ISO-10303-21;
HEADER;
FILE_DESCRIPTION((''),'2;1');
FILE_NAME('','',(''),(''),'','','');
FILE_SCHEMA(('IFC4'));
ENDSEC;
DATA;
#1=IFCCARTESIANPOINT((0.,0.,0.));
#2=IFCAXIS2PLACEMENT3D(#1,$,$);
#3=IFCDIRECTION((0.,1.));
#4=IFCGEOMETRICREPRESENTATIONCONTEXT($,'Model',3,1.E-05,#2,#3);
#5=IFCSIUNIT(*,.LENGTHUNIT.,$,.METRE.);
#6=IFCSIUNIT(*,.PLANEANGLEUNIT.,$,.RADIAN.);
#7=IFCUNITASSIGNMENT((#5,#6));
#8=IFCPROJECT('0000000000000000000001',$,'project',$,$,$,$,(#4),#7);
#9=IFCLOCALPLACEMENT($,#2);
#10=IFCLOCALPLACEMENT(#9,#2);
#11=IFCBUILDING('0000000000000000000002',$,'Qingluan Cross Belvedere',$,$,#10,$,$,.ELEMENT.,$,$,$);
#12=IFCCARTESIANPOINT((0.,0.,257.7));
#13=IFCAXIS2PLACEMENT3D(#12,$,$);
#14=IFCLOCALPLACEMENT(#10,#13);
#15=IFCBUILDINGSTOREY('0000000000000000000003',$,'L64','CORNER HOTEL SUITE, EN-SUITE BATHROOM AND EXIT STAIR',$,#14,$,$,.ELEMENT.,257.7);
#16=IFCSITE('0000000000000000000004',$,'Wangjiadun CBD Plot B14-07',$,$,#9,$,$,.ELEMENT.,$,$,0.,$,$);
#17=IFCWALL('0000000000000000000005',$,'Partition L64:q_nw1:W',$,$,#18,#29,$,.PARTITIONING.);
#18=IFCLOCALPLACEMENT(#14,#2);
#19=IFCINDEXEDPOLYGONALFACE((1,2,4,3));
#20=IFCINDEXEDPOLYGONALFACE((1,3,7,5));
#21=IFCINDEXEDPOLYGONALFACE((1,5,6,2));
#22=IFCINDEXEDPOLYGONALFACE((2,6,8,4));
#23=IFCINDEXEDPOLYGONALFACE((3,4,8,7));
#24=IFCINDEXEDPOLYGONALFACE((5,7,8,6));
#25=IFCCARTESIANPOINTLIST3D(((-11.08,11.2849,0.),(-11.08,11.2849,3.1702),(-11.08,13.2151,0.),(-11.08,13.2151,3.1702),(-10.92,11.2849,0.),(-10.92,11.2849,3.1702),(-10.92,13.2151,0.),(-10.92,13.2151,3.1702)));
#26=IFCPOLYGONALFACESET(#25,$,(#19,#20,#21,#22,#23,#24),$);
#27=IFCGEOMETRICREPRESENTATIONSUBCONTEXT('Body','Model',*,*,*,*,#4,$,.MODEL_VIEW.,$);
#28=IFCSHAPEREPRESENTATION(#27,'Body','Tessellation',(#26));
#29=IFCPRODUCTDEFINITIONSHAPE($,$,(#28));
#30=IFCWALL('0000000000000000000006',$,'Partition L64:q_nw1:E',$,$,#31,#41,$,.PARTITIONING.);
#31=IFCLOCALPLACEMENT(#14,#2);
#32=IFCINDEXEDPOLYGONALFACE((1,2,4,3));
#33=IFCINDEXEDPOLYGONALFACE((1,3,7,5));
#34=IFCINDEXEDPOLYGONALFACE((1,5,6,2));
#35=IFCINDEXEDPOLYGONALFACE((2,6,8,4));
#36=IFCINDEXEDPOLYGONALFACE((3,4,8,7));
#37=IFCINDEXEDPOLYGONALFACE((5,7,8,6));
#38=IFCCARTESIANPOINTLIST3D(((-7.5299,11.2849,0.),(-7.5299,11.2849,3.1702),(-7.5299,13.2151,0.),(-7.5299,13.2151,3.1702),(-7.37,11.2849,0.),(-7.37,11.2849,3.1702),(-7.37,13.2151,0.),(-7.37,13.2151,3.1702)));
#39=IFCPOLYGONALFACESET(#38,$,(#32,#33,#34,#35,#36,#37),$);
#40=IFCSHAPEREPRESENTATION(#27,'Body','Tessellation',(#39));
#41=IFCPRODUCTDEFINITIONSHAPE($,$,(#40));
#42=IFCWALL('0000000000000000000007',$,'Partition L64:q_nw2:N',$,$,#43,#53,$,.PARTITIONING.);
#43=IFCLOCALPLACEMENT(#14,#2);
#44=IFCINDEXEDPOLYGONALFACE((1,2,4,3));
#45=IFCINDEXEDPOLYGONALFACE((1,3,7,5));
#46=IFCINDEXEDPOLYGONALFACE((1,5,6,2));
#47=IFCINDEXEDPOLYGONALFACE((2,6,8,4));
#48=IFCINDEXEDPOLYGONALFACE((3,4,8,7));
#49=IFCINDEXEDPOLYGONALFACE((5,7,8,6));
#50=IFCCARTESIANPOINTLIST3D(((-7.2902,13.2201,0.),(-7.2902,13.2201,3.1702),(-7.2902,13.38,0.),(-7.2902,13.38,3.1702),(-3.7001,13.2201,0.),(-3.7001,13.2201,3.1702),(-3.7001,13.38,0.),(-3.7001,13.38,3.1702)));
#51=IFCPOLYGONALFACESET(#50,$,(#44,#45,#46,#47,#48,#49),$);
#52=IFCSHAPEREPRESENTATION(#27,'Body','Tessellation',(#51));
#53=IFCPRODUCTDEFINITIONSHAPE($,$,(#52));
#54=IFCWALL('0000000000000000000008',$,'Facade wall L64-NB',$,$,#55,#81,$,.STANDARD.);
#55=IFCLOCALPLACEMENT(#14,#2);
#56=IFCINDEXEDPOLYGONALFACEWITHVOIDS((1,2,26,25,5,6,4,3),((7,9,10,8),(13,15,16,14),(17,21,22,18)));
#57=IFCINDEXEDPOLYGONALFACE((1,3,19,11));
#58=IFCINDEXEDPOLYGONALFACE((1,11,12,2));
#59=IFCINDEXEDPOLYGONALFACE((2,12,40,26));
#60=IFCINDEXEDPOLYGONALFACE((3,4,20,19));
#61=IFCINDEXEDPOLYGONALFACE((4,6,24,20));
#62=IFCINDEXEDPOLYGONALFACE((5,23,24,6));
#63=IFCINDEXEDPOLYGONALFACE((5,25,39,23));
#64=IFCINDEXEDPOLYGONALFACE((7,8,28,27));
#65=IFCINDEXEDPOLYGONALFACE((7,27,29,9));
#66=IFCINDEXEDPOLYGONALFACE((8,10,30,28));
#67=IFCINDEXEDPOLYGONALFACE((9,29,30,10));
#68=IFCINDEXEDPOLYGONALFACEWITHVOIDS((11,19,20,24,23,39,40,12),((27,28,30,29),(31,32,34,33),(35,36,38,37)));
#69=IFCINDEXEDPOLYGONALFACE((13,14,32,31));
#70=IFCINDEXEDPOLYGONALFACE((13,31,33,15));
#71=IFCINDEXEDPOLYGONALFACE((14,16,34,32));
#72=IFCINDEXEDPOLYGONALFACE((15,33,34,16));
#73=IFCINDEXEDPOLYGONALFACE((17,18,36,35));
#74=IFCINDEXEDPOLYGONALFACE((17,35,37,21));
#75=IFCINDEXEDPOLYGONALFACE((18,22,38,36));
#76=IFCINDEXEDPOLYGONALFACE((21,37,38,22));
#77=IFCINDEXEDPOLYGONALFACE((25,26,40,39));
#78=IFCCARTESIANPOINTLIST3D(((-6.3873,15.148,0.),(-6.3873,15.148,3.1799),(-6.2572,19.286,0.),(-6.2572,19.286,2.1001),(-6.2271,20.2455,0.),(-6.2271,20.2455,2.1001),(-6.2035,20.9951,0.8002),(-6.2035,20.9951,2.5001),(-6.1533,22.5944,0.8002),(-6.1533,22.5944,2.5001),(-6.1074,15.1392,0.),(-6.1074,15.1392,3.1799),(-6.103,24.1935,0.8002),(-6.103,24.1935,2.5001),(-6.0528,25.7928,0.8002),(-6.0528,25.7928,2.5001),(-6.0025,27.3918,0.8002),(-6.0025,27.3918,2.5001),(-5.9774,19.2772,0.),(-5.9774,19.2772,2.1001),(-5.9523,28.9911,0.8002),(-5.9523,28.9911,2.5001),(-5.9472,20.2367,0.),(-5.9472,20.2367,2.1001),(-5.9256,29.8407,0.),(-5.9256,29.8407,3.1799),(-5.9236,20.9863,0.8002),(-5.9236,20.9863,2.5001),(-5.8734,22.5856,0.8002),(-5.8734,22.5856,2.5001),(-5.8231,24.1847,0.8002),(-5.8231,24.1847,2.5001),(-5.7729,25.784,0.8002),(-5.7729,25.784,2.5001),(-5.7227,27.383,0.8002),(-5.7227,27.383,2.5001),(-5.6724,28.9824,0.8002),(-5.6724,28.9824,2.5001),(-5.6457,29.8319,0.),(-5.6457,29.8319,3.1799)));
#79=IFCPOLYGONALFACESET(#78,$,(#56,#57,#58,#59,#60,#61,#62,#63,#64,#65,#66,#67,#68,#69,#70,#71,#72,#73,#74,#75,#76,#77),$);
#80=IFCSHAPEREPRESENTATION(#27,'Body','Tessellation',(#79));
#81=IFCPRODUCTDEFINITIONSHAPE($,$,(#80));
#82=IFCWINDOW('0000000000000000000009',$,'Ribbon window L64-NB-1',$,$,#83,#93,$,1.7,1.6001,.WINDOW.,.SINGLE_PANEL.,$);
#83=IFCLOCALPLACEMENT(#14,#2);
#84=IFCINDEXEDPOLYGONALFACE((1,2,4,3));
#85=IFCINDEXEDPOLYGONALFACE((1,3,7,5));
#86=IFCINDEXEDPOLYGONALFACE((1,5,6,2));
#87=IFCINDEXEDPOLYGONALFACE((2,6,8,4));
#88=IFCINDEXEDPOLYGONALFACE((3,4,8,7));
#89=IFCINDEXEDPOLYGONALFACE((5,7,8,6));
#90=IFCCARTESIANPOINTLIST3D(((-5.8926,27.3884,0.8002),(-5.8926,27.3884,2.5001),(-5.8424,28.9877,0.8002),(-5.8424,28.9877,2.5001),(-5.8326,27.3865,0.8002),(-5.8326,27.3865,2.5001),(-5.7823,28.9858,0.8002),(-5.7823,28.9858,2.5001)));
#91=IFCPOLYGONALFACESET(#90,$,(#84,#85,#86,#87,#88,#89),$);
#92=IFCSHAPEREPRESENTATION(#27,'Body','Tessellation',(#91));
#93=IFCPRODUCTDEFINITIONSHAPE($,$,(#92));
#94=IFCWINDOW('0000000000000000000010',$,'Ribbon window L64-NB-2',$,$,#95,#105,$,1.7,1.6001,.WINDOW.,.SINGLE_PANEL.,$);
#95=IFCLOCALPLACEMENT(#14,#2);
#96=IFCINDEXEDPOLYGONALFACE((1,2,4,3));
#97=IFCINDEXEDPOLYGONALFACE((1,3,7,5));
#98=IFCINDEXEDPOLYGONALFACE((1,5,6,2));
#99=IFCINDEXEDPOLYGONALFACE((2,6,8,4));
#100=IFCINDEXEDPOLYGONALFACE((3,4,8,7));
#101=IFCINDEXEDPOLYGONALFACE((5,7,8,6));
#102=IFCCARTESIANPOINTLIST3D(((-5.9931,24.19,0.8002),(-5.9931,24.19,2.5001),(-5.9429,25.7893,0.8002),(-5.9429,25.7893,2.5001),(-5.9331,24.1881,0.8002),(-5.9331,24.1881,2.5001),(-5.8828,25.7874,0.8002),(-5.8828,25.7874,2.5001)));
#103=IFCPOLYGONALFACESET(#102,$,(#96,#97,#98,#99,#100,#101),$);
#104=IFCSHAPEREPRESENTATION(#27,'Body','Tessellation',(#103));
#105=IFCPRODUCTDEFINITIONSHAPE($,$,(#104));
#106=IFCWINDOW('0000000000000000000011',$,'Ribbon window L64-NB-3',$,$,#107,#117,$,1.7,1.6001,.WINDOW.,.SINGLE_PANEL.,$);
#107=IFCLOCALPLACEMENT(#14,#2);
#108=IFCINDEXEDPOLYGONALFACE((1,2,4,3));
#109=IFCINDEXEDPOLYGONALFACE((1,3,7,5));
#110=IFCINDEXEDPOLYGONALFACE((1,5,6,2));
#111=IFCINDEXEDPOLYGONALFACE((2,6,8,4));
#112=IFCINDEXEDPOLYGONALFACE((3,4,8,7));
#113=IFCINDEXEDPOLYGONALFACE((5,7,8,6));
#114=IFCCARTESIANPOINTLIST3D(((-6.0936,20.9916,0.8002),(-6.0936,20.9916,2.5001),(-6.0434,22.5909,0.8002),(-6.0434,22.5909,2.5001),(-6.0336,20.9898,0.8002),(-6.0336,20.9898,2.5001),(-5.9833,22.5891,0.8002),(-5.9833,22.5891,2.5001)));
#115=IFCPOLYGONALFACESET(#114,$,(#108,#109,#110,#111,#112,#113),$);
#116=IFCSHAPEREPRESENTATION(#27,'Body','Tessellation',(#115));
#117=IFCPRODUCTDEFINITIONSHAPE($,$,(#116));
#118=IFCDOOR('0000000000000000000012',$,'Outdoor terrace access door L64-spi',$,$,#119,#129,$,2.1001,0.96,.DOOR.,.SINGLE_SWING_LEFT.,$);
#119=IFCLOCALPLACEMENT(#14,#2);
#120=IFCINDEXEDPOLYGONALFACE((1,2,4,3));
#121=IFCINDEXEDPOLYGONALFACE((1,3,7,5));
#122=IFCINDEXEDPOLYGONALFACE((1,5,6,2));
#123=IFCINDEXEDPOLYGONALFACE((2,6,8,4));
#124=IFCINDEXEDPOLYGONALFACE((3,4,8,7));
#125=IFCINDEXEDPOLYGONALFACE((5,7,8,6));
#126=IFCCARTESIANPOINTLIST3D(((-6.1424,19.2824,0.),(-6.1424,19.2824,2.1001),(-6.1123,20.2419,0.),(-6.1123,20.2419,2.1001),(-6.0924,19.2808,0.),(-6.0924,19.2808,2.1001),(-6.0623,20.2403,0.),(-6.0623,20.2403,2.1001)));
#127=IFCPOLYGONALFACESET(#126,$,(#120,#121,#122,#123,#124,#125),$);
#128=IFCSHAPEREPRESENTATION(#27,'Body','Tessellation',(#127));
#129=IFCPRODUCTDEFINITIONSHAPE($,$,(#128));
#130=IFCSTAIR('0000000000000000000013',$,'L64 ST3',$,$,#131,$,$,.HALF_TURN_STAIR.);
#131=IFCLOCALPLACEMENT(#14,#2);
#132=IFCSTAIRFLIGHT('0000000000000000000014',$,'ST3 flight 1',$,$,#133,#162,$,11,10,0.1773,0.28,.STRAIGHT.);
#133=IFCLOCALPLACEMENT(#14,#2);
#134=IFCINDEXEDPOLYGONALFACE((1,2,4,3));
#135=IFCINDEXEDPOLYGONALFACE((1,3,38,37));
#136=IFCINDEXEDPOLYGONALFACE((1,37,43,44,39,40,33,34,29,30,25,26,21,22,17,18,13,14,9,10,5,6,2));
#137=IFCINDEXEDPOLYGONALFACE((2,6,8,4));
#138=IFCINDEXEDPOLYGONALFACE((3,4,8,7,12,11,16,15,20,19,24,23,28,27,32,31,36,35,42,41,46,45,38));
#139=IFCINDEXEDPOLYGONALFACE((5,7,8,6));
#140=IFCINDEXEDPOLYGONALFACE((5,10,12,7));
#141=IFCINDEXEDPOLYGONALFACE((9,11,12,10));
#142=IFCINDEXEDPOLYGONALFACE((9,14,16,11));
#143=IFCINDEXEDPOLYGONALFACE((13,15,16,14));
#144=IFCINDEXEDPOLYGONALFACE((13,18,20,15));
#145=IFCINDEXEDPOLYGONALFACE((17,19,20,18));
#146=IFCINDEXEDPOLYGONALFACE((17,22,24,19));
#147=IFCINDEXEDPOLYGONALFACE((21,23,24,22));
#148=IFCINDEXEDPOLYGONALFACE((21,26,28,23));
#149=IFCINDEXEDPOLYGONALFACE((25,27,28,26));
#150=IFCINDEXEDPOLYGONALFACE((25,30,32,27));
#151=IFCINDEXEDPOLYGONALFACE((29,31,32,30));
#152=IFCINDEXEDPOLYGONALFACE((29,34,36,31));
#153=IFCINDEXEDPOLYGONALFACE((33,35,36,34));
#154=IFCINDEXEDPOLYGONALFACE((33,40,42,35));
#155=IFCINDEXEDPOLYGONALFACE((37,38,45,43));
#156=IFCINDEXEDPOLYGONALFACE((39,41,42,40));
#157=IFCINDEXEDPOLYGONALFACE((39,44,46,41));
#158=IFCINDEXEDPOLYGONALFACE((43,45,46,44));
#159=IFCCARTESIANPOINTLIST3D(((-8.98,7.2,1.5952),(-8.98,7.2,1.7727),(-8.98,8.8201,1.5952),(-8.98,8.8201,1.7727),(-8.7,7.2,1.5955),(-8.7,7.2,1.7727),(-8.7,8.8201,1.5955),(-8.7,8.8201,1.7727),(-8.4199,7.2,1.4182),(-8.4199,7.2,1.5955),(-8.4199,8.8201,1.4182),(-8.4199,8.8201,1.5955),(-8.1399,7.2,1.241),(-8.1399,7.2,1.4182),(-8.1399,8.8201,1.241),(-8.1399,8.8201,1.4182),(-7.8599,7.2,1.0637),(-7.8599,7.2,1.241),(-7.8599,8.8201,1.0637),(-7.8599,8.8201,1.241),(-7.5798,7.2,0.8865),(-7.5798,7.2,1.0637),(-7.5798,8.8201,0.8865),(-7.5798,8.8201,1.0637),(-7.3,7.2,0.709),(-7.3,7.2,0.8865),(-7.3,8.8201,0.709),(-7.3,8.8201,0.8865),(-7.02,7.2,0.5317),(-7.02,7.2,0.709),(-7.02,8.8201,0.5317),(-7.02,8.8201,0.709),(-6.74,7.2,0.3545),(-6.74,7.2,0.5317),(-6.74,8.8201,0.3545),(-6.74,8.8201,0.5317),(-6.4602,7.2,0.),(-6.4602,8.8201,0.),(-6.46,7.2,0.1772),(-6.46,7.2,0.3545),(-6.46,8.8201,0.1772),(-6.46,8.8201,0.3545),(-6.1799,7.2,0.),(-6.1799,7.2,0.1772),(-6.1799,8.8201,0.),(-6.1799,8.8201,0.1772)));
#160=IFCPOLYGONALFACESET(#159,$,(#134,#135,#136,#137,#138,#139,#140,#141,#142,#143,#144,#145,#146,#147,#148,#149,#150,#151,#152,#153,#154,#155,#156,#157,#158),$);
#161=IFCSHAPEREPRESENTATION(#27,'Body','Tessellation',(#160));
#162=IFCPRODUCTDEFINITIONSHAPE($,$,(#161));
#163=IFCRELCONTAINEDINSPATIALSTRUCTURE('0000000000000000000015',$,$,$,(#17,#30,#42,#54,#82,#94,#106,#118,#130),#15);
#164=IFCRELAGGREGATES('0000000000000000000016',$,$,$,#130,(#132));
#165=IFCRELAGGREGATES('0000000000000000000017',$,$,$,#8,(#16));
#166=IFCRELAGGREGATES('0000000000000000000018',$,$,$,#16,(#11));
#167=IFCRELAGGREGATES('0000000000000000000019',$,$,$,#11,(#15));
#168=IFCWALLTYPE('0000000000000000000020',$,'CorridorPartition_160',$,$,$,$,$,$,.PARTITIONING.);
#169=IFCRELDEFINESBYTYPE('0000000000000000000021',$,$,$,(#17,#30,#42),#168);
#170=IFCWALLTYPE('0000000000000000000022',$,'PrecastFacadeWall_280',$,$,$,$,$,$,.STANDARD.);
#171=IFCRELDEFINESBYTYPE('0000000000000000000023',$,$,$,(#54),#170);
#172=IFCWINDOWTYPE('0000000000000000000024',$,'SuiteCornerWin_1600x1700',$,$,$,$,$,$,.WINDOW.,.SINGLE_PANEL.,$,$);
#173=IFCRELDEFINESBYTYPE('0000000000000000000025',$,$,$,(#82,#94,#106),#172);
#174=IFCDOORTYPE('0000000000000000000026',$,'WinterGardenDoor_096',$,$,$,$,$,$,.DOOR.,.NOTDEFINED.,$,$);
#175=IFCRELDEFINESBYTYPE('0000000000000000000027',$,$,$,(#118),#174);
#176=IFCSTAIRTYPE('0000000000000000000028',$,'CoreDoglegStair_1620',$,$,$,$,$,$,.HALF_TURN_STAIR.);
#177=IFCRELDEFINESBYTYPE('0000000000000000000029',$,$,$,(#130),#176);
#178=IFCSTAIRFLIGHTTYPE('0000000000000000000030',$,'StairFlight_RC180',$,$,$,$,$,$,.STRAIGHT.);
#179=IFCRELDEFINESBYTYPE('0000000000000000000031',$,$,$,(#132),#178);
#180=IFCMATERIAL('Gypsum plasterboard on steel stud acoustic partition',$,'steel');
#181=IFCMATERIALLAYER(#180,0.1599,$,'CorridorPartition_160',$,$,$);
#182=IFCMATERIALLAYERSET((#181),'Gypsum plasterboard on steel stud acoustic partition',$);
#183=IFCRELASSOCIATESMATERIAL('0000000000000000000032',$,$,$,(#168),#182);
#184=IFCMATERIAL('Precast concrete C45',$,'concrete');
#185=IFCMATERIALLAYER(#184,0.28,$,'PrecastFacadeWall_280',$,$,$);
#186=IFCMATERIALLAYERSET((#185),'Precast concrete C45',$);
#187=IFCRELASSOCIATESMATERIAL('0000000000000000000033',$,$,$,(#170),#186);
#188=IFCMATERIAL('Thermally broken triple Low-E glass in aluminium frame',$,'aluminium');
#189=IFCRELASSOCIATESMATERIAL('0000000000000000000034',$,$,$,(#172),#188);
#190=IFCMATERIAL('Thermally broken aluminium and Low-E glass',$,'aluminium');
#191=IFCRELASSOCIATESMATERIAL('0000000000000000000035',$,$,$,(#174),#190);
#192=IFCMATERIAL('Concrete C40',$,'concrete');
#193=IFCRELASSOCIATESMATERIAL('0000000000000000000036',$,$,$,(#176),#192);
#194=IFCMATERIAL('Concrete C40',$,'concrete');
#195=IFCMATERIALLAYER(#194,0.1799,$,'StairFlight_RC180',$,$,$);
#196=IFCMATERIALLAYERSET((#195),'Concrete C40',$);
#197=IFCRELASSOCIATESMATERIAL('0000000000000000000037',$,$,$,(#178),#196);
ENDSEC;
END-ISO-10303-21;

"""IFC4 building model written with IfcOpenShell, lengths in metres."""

from ifc_helpers import new_model, si_unit, direction, frame, frame_2d, origin, place, context, subcontext, project, spatial, polyline, rectangle, outline, extrude, material, layer, layer_set, type_object, element, fill, aggregate, save


model = new_model("IFC4")

# Units and contexts
model_context = context("Model", 3, precision=1e-05, world=origin(), true_north=direction((0.0, 1.0)))
body_context = subcontext(model_context, "Body", "Model", "MODEL_VIEW")
ifc_project = project(units=[si_unit("LENGTHUNIT", "METRE"), si_unit("PLANEANGLEUNIT", "RADIAN")], contexts=[model_context])

# Site, building, storey
site_placement = place(None, origin())
site = spatial("IfcSite", under=ifc_project, at=site_placement, Name="Wangjiadun CBD Plot B14-07", CompositionType="ELEMENT", RefElevation=0.0)
building_placement = place(site_placement, origin())
building = spatial("IfcBuilding", under=site, at=building_placement, Name="Qingluan Cross Belvedere", CompositionType="ELEMENT")
storey_placement = place(building_placement, frame((0.0, 0.0, 257.7)))
storey = spatial("IfcBuildingStorey", under=building, at=storey_placement, Name="L64", Description="CORNER HOTEL SUITE, EN-SUITE BATHROOM AND EXIT STAIR", CompositionType="ELEMENT", Elevation=257.7)

# Shared definitions
ifc_material_1 = material(Name="Gypsum plasterboard on steel stud acoustic partition", Category="steel")
ifc_layer_1 = layer(ifc_material_1, 0.1599, Name="CorridorPartition_160")
ifc_layer_set_1 = layer_set([ifc_layer_1], Name="Gypsum plasterboard on steel stud acoustic partition")
wall_type_1 = type_object("IfcWallType", Name="CorridorPartition_160", PredefinedType="PARTITIONING", material=ifc_layer_set_1)

# Walls
for number, where, z_axis, x_axis, name in (
    (1, (-11.0, 11.2849, 0.0), (0.0, 0.0, 1.0), (0.0, 1.0, 0.0), "Partition L64:q_nw1:W"),
    (2, (-7.45, 11.2849, 0.0), (0.0, 0.0, 1.0), (0.0, 1.0, 0.0), "Partition L64:q_nw1:E"),
):
    element("IfcWall", number, at=place(storey_placement, frame(where, z_axis=z_axis, x_axis=x_axis)), inside=storey, type_object=wall_type_1, Name=name, PredefinedType="PARTITIONING", context=body_context, shape_type="SweptSolid", body=[
        extrude(rectangle(XDim=1.9302, YDim=0.1599, at=frame_2d((0.9651, 0.0))), origin(), (0.0, 0.0, 1.0), 3.1702),
    ])

# Wall
wall_1_placement = place(storey_placement, frame((-7.29, 13.3, 0.0), z_axis=(0.0, 0.0, 1.0), x_axis=(1.0, 0.0, 0.0)))
element("IfcWall", 3, at=wall_1_placement, inside=storey, type_object=wall_type_1, Name="Partition L64:q_nw2:N", PredefinedType="PARTITIONING", context=body_context, shape_type="SweptSolid", body=[
    extrude(rectangle(XDim=3.5901, YDim=0.1599, at=frame_2d((1.7949, 0.0))), origin(), (0.0, 0.0, 1.0), 3.1702),
])

# Wall, openings, windows, door
ifc_material_2 = material(Name="Precast concrete C45", Category="concrete")
ifc_layer_2 = layer(ifc_material_2, 0.28, Name="PrecastFacadeWall_280")
ifc_layer_set_2 = layer_set([ifc_layer_2], Name="Precast concrete C45")
wall_type_2 = type_object("IfcWallType", Name="PrecastFacadeWall_280", PredefinedType="STANDARD", material=ifc_layer_set_2)
wall_2_placement = place(storey_placement, frame((-5.7856, 29.8364, 0.0), z_axis=(0.0, 0.0, 1.0), x_axis=(-0.031406, -0.999507, 0.0)))
wall_2 = element("IfcWall", 4, at=wall_2_placement, inside=storey, type_object=wall_type_2, Name="Facade wall L64-NB", PredefinedType="STANDARD", context=body_context, shape_type="SweptSolid", body=[
    extrude(rectangle(XDim=14.7, YDim=0.28, at=frame_2d((7.3501, 0.0))), origin(), (0.0, 0.0, 1.0), 3.1799),
])
opening_1_placement = place(wall_2_placement, frame((0.8501, 0.0, 0.8)))
opening_1 = element("IfcOpeningElement", 5, at=opening_1_placement, cuts=wall_2, PredefinedType="OPENING", context=body_context, shape_type="SweptSolid", body=[
    extrude(rectangle(XDim=1.6001, YDim=1.7, at=frame_2d((0.8, 0.8501))), frame((0.0, 0.1499, 0.0), z_axis=(0.0, -1.0, 0.0), x_axis=(1.0, 0.0, 0.0)), (0.0, 0.0, 1.0), 0.3),
])
opening_2_placement = place(wall_2_placement, frame((4.05, 0.0, 0.8)))
opening_2 = element("IfcOpeningElement", 6, at=opening_2_placement, cuts=wall_2, PredefinedType="OPENING", context=body_context, shape_type="SweptSolid", body=[
    extrude(rectangle(XDim=1.6001, YDim=1.7, at=frame_2d((0.8, 0.8501))), frame((0.0, 0.1499, 0.0), z_axis=(0.0, -1.0, 0.0), x_axis=(1.0, 0.0, 0.0)), (0.0, 0.0, 1.0), 0.3),
])
opening_3_placement = place(wall_2_placement, frame((7.25, 0.0, 0.8)))
opening_3 = element("IfcOpeningElement", 7, at=opening_3_placement, cuts=wall_2, PredefinedType="OPENING", context=body_context, shape_type="SweptSolid", body=[
    extrude(rectangle(XDim=1.6001, YDim=1.7, at=frame_2d((0.8, 0.8501))), frame((0.0, 0.1499, 0.0), z_axis=(0.0, -1.0, 0.0), x_axis=(1.0, 0.0, 0.0)), (0.0, 0.0, 1.0), 0.3),
])
opening_4_placement = place(wall_2_placement, frame((9.6001, 0.0, 0.0)))
opening_4 = element("IfcOpeningElement", 8, at=opening_4_placement, cuts=wall_2, PredefinedType="OPENING", context=body_context, shape_type="SweptSolid", body=[
    extrude(rectangle(XDim=0.96, YDim=2.1001, at=frame_2d((0.48, 1.05))), frame((0.0, 0.1499, 0.0), z_axis=(0.0, -1.0, 0.0), x_axis=(1.0, 0.0, 0.0)), (0.0, 0.0, 1.0), 0.3),
])
ifc_material_3 = material(Name="Thermally broken triple Low-E glass in aluminium frame", Category="aluminium")
window_type = type_object("IfcWindowType", Name="SuiteCornerWin_1600x1700", PartitioningType="SINGLE_PANEL", PredefinedType="WINDOW", material=ifc_material_3)
window_1_placement = place(opening_1_placement, origin())
window_1 = element("IfcWindow", 9, at=window_1_placement, inside=storey, type_object=window_type, Name="Ribbon window L64-NB-1", OverallHeight=1.7, OverallWidth=1.6001, PartitioningType="SINGLE_PANEL", PredefinedType="WINDOW", context=body_context, shape_type="SweptSolid", body=[
    extrude(rectangle(XDim=1.6001, YDim=1.7, at=frame_2d((0.8, 0.8501))), frame((0.0, 0.03, 0.0), z_axis=(0.0, -1.0, 0.0), x_axis=(1.0, 0.0, 0.0)), (0.0, 0.0, 1.0), 0.0601),
])
fill(opening_1, window_1)
window_2_placement = place(opening_2_placement, origin())
window_2 = element("IfcWindow", 10, at=window_2_placement, inside=storey, type_object=window_type, Name="Ribbon window L64-NB-2", OverallHeight=1.7, OverallWidth=1.6001, PartitioningType="SINGLE_PANEL", PredefinedType="WINDOW", context=body_context, shape_type="SweptSolid", body=[
    extrude(rectangle(XDim=1.6001, YDim=1.7, at=frame_2d((0.8, 0.8501))), frame((0.0, 0.03, 0.0), z_axis=(0.0, -1.0, 0.0), x_axis=(1.0, 0.0, 0.0)), (0.0, 0.0, 1.0), 0.0601),
])
fill(opening_2, window_2)
window_3_placement = place(opening_3_placement, origin())
window_3 = element("IfcWindow", 11, at=window_3_placement, inside=storey, type_object=window_type, Name="Ribbon window L64-NB-3", OverallHeight=1.7, OverallWidth=1.6001, PartitioningType="SINGLE_PANEL", PredefinedType="WINDOW", context=body_context, shape_type="SweptSolid", body=[
    extrude(rectangle(XDim=1.6001, YDim=1.7, at=frame_2d((0.8, 0.8501))), frame((0.0, 0.03, 0.0), z_axis=(0.0, -1.0, 0.0), x_axis=(1.0, 0.0, 0.0)), (0.0, 0.0, 1.0), 0.0601),
])
fill(opening_3, window_3)
ifc_material_4 = material(Name="Thermally broken aluminium and Low-E glass", Category="aluminium")
door_type_1 = type_object("IfcDoorType", Name="WinterGardenDoor_096", OperationType="NOTDEFINED", PredefinedType="DOOR", material=ifc_material_4)
door_1_placement = place(opening_4_placement, origin())
door_1 = element("IfcDoor", 12, at=door_1_placement, inside=storey, type_object=door_type_1, Name="Outdoor terrace access door L64-spi", OperationType="SINGLE_SWING_LEFT", OverallHeight=2.1001, OverallWidth=0.96, PredefinedType="DOOR", context=body_context, shape_type="SweptSolid", body=[
    extrude(rectangle(XDim=0.96, YDim=2.1001, at=frame_2d((0.48, 1.05))), frame((0.0, 0.0249, 0.0), z_axis=(0.0, -1.0, 0.0), x_axis=(1.0, 0.0, 0.0)), (0.0, 0.0, 1.0), 0.05),
])
fill(opening_4, door_1)

# Stair, stair flight
ifc_material_5 = material(Name="Concrete C40", Category="concrete")
stair_type = type_object("IfcStairType", Name="CoreDoglegStair_1620", PredefinedType="HALF_TURN_STAIR", material=ifc_material_5)
stair_placement = place(storey_placement, origin())
stair = element("IfcStair", 13, at=stair_placement, inside=storey, type_object=stair_type, Name="L64 ST3", PredefinedType="HALF_TURN_STAIR")
ifc_material_6 = material(Name="Concrete C40", Category="concrete")
ifc_layer_3 = layer(ifc_material_6, 0.1799, Name="StairFlight_RC180")
ifc_layer_set_3 = layer_set([ifc_layer_3], Name="Concrete C40")
stair_flight_type = type_object("IfcStairFlightType", Name="StairFlight_RC180", PredefinedType="STRAIGHT", material=ifc_layer_set_3)
stair_flight_placement = place(storey_placement, frame((-6.1799, 8.01, 0.0), z_axis=(0.0, 0.0, 1.0), x_axis=(-1.0, 0.0, 0.0)))
stair_flight = element("IfcStairFlight", 14, at=stair_flight_placement, type_object=stair_flight_type, Name="ST3 flight 1", NumberOfRisers=11, NumberOfTreads=10, PredefinedType="STRAIGHT", RiserHeight=0.1773, TreadLength=0.28, context=body_context, shape_type="SweptSolid", body=[
    extrude(outline(polyline([(0.0, 0.0), (0.0, 0.1772), (0.28, 0.1772), (0.28, 0.3545), (0.5601, 0.3545), (0.5601, 0.5317), (0.8401, 0.5317), (0.8401, 0.709), (1.1201, 0.709), (1.1201, 0.8865), (1.3999, 0.8865), (1.3999, 1.0637), (1.6799, 1.0637), (1.6799, 1.241), (1.96, 1.241), (1.96, 1.4182), (2.24, 1.4182), (2.24, 1.5955), (2.52, 1.5955), (2.52, 1.7727), (2.8, 1.7727), (2.8, 1.95), (2.8, 1.5952), (0.2803, 0.0), (0.0, 0.0)])), frame((0.0, 0.8101, 0.0), z_axis=(0.0, -1.0, 0.0), x_axis=(1.0, 0.0, 0.0)), (0.0, 0.0, 1.0), 1.6201),
])
aggregate(stair, [stair_flight])

save(model, "model.ifc")
